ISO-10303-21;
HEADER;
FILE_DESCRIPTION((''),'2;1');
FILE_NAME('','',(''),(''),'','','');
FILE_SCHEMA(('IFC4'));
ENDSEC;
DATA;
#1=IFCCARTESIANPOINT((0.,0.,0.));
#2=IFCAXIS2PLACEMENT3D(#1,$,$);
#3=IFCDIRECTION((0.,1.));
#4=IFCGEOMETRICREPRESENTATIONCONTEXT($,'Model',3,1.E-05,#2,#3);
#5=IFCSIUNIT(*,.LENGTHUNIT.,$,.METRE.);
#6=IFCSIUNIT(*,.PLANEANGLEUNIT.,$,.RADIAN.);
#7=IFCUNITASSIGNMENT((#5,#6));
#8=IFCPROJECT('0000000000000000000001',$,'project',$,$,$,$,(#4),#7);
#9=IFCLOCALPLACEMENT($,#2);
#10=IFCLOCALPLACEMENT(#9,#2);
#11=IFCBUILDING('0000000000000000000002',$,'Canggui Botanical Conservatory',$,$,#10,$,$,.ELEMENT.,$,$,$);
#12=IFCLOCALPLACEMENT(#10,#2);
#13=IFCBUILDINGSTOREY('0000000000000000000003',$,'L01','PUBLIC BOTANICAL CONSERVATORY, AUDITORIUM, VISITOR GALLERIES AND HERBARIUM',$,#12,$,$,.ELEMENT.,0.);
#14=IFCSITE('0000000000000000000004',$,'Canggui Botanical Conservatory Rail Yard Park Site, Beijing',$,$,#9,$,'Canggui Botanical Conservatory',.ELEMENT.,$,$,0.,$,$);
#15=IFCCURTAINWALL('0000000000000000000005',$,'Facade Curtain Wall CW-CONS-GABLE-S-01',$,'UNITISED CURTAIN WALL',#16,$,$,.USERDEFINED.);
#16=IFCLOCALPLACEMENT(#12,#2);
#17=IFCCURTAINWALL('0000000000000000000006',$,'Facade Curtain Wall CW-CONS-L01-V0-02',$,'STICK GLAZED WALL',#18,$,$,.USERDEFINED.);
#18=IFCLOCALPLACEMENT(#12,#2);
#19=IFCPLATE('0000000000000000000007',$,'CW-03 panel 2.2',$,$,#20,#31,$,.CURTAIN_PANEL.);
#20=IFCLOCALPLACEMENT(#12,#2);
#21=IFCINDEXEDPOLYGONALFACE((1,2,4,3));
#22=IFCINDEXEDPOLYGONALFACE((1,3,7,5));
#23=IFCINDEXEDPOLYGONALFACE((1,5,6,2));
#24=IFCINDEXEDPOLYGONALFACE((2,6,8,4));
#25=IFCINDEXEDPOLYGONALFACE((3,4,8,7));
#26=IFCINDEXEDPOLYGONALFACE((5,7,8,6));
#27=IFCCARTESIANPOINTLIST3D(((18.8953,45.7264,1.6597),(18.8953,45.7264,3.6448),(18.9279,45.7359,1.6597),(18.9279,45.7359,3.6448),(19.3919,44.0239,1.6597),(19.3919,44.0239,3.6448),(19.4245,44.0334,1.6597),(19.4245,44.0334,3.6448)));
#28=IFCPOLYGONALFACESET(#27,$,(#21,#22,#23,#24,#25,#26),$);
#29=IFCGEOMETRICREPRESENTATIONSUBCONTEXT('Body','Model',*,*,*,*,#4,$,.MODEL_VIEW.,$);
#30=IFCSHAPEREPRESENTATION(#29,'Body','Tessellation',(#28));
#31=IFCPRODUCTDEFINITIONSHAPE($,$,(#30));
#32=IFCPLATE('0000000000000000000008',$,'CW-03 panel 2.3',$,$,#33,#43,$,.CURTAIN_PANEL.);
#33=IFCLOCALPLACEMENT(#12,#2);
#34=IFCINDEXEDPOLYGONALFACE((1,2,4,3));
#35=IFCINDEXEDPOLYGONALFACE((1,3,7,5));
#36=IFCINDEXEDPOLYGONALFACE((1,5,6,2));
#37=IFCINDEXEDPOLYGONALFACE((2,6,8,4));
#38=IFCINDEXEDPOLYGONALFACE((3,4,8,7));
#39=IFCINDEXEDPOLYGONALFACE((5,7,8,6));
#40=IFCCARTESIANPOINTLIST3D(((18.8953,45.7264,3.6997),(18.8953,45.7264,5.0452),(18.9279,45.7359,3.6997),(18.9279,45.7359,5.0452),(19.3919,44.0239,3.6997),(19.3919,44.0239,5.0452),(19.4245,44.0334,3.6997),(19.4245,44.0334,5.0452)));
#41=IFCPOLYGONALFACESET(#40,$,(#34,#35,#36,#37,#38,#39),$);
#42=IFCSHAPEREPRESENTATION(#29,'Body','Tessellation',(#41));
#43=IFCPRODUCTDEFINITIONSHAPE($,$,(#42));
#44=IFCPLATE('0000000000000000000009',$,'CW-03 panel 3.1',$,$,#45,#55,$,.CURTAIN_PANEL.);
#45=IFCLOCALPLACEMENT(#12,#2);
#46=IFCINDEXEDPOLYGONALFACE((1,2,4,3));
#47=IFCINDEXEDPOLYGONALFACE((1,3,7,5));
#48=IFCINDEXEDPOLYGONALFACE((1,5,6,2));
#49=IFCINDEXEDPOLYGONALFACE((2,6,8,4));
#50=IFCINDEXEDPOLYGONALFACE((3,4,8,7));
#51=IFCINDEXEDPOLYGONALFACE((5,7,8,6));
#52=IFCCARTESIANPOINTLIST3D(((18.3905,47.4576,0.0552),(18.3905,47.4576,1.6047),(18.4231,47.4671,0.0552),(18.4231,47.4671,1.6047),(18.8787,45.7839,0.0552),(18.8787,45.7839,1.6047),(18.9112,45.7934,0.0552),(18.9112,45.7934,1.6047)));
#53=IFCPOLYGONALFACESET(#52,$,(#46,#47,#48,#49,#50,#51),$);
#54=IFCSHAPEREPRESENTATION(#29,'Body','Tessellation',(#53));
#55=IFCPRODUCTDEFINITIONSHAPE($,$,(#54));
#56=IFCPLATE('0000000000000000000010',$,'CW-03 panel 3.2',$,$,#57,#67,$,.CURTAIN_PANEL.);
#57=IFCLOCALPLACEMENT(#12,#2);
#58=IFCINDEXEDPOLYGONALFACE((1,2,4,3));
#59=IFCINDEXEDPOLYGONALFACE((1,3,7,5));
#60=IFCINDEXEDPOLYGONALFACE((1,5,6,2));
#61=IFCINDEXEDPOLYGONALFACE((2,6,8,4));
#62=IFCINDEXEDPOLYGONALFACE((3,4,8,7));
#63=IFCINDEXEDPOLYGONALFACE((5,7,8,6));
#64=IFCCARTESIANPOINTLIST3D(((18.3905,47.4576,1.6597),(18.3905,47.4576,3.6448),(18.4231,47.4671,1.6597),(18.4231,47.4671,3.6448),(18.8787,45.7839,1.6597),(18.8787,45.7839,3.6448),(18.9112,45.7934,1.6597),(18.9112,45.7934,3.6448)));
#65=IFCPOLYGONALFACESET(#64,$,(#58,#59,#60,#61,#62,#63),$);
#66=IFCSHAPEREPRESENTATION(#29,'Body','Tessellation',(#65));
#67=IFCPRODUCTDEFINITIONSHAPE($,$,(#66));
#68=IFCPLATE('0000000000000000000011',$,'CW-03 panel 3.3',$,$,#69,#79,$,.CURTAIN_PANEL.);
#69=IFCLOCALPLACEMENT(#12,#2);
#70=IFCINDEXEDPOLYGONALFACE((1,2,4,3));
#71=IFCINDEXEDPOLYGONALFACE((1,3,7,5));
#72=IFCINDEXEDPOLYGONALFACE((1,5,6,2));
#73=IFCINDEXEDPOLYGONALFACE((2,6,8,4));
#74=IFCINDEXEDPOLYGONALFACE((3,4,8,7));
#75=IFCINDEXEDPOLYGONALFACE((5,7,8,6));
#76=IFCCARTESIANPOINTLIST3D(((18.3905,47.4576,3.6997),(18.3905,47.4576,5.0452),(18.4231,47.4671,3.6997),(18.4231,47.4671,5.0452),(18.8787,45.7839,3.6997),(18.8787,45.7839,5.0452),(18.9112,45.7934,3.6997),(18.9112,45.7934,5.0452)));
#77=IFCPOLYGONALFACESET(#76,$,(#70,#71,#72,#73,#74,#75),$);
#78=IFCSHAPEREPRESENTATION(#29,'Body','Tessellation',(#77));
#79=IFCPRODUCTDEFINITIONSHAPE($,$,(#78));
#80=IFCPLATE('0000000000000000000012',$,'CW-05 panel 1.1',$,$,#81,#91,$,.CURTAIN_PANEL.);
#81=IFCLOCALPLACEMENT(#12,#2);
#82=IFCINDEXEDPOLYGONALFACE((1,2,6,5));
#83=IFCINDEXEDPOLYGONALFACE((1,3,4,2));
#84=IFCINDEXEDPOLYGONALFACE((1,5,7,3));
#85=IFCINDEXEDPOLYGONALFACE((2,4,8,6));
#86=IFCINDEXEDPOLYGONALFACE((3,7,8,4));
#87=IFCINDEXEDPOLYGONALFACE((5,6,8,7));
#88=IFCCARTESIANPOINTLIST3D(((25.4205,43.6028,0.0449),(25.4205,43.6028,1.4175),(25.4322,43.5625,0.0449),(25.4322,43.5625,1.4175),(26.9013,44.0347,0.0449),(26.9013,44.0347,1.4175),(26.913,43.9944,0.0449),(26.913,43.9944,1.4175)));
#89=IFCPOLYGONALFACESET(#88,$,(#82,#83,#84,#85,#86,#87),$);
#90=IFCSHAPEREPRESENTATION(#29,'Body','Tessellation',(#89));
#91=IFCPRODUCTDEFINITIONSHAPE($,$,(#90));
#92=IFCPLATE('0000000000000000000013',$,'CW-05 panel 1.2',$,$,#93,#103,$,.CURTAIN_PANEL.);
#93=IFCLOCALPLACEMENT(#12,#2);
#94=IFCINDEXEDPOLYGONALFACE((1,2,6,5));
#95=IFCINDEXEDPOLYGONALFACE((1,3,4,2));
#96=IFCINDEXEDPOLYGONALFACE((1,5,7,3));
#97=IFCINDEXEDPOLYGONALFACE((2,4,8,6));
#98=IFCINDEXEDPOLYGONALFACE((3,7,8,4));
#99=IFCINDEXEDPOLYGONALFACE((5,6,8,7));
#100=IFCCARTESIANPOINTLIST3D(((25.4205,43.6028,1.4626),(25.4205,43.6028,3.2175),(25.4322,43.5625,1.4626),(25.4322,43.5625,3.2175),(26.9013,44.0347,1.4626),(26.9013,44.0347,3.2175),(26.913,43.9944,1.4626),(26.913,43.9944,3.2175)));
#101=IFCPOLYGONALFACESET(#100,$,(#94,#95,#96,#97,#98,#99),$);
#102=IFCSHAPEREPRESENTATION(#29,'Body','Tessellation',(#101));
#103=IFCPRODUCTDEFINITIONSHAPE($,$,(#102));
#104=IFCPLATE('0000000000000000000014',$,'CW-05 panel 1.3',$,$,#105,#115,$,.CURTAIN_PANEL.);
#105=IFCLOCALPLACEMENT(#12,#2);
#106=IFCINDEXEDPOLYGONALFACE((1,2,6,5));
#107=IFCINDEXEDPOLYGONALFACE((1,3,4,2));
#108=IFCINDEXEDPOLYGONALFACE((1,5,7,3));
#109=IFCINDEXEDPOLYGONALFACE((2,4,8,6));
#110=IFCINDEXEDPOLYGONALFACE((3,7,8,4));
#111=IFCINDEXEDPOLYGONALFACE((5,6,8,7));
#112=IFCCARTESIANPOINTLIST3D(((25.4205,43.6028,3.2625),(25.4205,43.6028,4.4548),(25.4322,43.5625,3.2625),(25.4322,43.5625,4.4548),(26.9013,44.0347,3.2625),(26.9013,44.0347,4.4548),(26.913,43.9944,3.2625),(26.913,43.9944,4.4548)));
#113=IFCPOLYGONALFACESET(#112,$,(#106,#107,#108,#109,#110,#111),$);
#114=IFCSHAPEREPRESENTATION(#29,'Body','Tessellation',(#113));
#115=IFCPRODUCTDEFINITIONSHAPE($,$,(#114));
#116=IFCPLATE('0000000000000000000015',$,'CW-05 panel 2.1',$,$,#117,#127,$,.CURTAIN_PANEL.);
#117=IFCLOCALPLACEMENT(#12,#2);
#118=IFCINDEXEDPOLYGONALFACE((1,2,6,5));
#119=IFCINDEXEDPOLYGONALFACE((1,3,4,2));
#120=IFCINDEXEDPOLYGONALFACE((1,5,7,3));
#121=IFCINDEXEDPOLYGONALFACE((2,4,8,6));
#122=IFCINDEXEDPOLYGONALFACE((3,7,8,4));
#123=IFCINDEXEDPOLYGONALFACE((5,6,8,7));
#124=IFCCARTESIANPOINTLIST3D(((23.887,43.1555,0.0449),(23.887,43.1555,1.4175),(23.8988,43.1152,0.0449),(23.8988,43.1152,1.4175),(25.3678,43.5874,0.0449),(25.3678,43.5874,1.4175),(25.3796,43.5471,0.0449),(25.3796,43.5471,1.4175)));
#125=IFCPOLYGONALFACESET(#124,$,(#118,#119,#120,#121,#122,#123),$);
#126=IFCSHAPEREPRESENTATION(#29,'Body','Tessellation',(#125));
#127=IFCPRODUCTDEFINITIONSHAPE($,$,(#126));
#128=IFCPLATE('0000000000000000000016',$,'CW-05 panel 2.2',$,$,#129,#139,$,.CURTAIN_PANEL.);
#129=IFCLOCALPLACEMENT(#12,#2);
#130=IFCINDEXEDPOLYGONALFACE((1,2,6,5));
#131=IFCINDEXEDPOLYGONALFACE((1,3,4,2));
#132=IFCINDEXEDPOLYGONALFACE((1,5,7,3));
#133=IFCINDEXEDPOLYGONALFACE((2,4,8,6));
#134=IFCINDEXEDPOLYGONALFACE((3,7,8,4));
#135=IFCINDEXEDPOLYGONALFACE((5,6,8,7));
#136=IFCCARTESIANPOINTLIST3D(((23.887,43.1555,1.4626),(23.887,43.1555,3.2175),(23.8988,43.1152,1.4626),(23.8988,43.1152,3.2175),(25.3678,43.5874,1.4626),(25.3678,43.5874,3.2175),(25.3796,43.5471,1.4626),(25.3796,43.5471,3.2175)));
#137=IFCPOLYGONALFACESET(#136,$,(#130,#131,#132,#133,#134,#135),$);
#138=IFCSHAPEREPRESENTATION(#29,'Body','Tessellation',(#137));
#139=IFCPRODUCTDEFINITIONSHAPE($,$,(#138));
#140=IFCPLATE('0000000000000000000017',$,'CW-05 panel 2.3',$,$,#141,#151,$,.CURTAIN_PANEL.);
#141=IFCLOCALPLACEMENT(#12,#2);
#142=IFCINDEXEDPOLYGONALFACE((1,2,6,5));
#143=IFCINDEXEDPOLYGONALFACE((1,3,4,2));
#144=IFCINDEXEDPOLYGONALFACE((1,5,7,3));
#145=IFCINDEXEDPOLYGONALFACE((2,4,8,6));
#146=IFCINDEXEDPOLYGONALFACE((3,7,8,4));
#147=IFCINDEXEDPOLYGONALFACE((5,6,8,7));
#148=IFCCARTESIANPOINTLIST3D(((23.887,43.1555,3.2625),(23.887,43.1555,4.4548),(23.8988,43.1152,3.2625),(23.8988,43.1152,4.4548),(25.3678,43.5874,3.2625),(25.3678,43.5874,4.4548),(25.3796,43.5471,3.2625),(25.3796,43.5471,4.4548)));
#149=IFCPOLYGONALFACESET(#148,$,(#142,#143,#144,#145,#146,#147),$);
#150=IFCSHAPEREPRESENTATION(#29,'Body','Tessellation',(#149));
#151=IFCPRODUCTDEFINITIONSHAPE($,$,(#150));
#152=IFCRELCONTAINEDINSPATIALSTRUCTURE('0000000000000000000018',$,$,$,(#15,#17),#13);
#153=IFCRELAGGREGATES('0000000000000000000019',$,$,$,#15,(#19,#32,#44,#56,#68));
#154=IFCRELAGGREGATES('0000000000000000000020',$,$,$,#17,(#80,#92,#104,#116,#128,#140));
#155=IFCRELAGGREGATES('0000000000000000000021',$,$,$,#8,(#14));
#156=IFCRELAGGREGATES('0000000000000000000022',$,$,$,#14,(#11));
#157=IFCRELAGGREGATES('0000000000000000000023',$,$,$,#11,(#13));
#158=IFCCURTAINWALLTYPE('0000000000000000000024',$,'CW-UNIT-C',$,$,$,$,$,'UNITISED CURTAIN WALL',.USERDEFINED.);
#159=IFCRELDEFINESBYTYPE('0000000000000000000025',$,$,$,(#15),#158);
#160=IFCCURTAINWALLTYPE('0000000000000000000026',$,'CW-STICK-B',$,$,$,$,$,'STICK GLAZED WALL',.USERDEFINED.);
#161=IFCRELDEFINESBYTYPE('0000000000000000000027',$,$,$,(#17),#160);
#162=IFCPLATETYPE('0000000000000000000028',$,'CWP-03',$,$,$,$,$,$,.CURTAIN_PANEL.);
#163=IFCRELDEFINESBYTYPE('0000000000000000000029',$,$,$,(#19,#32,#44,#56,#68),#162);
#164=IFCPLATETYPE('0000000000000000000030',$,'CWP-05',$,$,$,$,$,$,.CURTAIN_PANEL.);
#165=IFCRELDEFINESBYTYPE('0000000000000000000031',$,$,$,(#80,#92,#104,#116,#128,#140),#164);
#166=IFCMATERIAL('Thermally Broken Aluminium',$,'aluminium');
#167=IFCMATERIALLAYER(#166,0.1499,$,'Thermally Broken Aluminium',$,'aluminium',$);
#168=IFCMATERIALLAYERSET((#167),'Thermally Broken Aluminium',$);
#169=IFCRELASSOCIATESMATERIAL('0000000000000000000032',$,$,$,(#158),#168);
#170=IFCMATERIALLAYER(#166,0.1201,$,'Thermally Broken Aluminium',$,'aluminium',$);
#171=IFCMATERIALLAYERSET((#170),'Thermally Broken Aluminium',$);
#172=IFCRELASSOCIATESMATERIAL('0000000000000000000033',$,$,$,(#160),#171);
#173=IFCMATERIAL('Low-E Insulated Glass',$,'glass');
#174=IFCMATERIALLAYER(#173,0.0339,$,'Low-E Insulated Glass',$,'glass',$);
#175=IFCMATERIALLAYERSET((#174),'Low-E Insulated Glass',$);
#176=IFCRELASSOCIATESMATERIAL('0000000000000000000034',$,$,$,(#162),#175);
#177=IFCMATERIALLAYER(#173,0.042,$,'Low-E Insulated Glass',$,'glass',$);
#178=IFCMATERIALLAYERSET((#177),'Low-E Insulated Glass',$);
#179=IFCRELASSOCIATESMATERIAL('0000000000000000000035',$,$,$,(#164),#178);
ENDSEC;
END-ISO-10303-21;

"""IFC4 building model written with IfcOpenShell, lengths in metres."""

from ifc_helpers import new_model, si_unit, direction, frame, origin, origin_2d, place, context, subcontext, project, spatial, rectangle, extrude, material, layer, layer_set, type_object, element, aggregate, save


model = new_model("IFC4")

# Units and contexts
model_context = context("Model", 3, precision=1e-05, world=origin(), true_north=direction((0.0, 1.0)))
body_context = subcontext(model_context, "Body", "Model", "MODEL_VIEW")
ifc_project = project(units=[si_unit("LENGTHUNIT", "METRE"), si_unit("PLANEANGLEUNIT", "RADIAN")], contexts=[model_context])

# Site, building, storey
site_placement = place(None, origin())
site = spatial("IfcSite", under=ifc_project, at=site_placement, Name="Canggui Botanical Conservatory Rail Yard Park Site, Beijing", LongName="Canggui Botanical Conservatory", CompositionType="ELEMENT", RefElevation=0.0)
building_placement = place(site_placement, origin())
building = spatial("IfcBuilding", under=site, at=building_placement, Name="Canggui Botanical Conservatory", CompositionType="ELEMENT")
storey_placement = place(building_placement, origin())
storey = spatial("IfcBuildingStorey", under=building, at=storey_placement, Name="L01", Description="PUBLIC BOTANICAL CONSERVATORY, AUDITORIUM, VISITOR GALLERIES AND HERBARIUM", CompositionType="ELEMENT", Elevation=0.0)

# Curtain walls
ifc_material_1 = material(Name="Thermally Broken Aluminium", Category="aluminium")
ifc_layer_1 = layer(ifc_material_1, 0.1499, Name="Thermally Broken Aluminium", Category="aluminium")
ifc_layer_set_1 = layer_set([ifc_layer_1], Name="Thermally Broken Aluminium")
curtain_wall_type_1 = type_object("IfcCurtainWallType", Name="CW-UNIT-C", ElementType="UNITISED CURTAIN WALL", PredefinedType="USERDEFINED", material=ifc_layer_set_1)
curtain_wall_1_placement = place(storey_placement, origin())
curtain_wall_1 = element("IfcCurtainWall", 1, at=curtain_wall_1_placement, inside=storey, type_object=curtain_wall_type_1, Name="Facade Curtain Wall CW-CONS-GABLE-S-01", ObjectType="UNITISED CURTAIN WALL", PredefinedType="USERDEFINED")
ifc_layer_2 = layer(ifc_material_1, 0.1201, Name="Thermally Broken Aluminium", Category="aluminium")
ifc_layer_set_2 = layer_set([ifc_layer_2], Name="Thermally Broken Aluminium")
curtain_wall_type_2 = type_object("IfcCurtainWallType", Name="CW-STICK-B", ElementType="STICK GLAZED WALL", PredefinedType="USERDEFINED", material=ifc_layer_set_2)
curtain_wall_2_placement = place(storey_placement, origin())
curtain_wall_2 = element("IfcCurtainWall", 2, at=curtain_wall_2_placement, inside=storey, type_object=curtain_wall_type_2, Name="Facade Curtain Wall CW-CONS-L01-V0-02", ObjectType="STICK GLAZED WALL", PredefinedType="USERDEFINED")

# Plates
ifc_material_2 = material(Name="Low-E Insulated Glass", Category="glass")
ifc_layer_3 = layer(ifc_material_2, 0.0339, Name="Low-E Insulated Glass", Category="glass")
ifc_layer_set_3 = layer_set([ifc_layer_3], Name="Low-E Insulated Glass")
plate_type_1 = type_object("IfcPlateType", Name="CWP-03", PredefinedType="CURTAIN_PANEL", material=ifc_layer_set_3)
plate_1_placement = place(storey_placement, frame((19.1599, 44.8799, 1.6597), z_axis=(0.0, 0.0, 1.0), x_axis=(-0.28, 0.96, 0.0)))
plate_1 = element("IfcPlate", 3, at=plate_1_placement, type_object=plate_type_1, Name="CW-03 panel 2.2", PredefinedType="CURTAIN_PANEL", context=body_context, shape_type="SweptSolid", body=[
    extrude(rectangle(XDim=1.7734, YDim=0.0339, at=origin_2d()), origin(), (0.0, 0.0, 1.0), 1.9851),
])
plate_2_placement = place(storey_placement, frame((19.1599, 44.8799, 3.6997), z_axis=(0.0, 0.0, 1.0), x_axis=(-0.28, 0.96, 0.0)))
plate_2 = element("IfcPlate", 4, at=plate_2_placement, type_object=plate_type_1, Name="CW-03 panel 2.3", PredefinedType="CURTAIN_PANEL", context=body_context, shape_type="SweptSolid", body=[
    extrude(rectangle(XDim=1.7734, YDim=0.0339, at=origin_2d()), origin(), (0.0, 0.0, 1.0), 1.3455),
])
plate_3_placement = place(storey_placement, frame((18.6509, 46.6255, 0.0552), z_axis=(0.0, 0.0, 1.0), x_axis=(-0.28, 0.96, 0.0)))
plate_3 = element("IfcPlate", 5, at=plate_3_placement, type_object=plate_type_1, Name="CW-03 panel 3.1", PredefinedType="CURTAIN_PANEL", context=body_context, shape_type="SweptSolid", body=[
    extrude(rectangle(XDim=1.7434, YDim=0.0339, at=origin_2d()), origin(), (0.0, 0.0, 1.0), 1.5496),
])
plate_4_placement = place(storey_placement, frame((18.6509, 46.6255, 1.6597), z_axis=(0.0, 0.0, 1.0), x_axis=(-0.28, 0.96, 0.0)))
plate_4 = element("IfcPlate", 6, at=plate_4_placement, type_object=plate_type_1, Name="CW-03 panel 3.2", PredefinedType="CURTAIN_PANEL", context=body_context, shape_type="SweptSolid", body=[
    extrude(rectangle(XDim=1.7434, YDim=0.0339, at=origin_2d()), origin(), (0.0, 0.0, 1.0), 1.9851),
])
plate_5_placement = place(storey_placement, frame((18.6509, 46.6255, 3.6997), z_axis=(0.0, 0.0, 1.0), x_axis=(-0.28, 0.96, 0.0)))
plate_5 = element("IfcPlate", 7, at=plate_5_placement, type_object=plate_type_1, Name="CW-03 panel 3.3", PredefinedType="CURTAIN_PANEL", context=body_context, shape_type="SweptSolid", body=[
    extrude(rectangle(XDim=1.7434, YDim=0.0339, at=origin_2d()), origin(), (0.0, 0.0, 1.0), 1.3455),
])
aggregate(curtain_wall_1, [plate_1, plate_2, plate_3, plate_4, plate_5])
ifc_layer_4 = layer(ifc_material_2, 0.042, Name="Low-E Insulated Glass", Category="glass")
ifc_layer_set_4 = layer_set([ifc_layer_4], Name="Low-E Insulated Glass")
plate_type_2 = type_object("IfcPlateType", Name="CWP-05", PredefinedType="CURTAIN_PANEL", material=ifc_layer_set_4)
plate_6_placement = place(storey_placement, frame((26.1667, 43.7986, 0.0449), z_axis=(0.0, 0.0, 1.0), x_axis=(-0.96, -0.28, 0.0)))
plate_6 = element("IfcPlate", 8, at=plate_6_placement, type_object=plate_type_2, Name="CW-05 panel 1.1", PredefinedType="CURTAIN_PANEL", context=body_context, shape_type="SweptSolid", body=[
    extrude(rectangle(XDim=1.5425, YDim=0.042, at=origin_2d()), origin(), (0.0, 0.0, 1.0), 1.3726),
])
plate_7_placement = place(storey_placement, frame((26.1667, 43.7986, 1.4626), z_axis=(0.0, 0.0, 1.0), x_axis=(-0.96, -0.28, 0.0)))
plate_7 = element("IfcPlate", 9, at=plate_7_placement, type_object=plate_type_2, Name="CW-05 panel 1.2", PredefinedType="CURTAIN_PANEL", context=body_context, shape_type="SweptSolid", body=[
    extrude(rectangle(XDim=1.5425, YDim=0.042, at=origin_2d()), origin(), (0.0, 0.0, 1.0), 1.7549),
])
plate_8_placement = place(storey_placement, frame((26.1667, 43.7986, 3.2625), z_axis=(0.0, 0.0, 1.0), x_axis=(-0.96, -0.28, 0.0)))
plate_8 = element("IfcPlate", 10, at=plate_8_placement, type_object=plate_type_2, Name="CW-05 panel 1.3", PredefinedType="CURTAIN_PANEL", context=body_context, shape_type="SweptSolid", body=[
    extrude(rectangle(XDim=1.5425, YDim=0.042, at=origin_2d()), origin(), (0.0, 0.0, 1.0), 1.1924),
])
plate_9_placement = place(storey_placement, frame((24.6333, 43.3513, 0.0449), z_axis=(0.0, 0.0, 1.0), x_axis=(-0.96, -0.28, 0.0)))
plate_9 = element("IfcPlate", 11, at=plate_9_placement, type_object=plate_type_2, Name="CW-05 panel 2.1", PredefinedType="CURTAIN_PANEL", context=body_context, shape_type="SweptSolid", body=[
    extrude(rectangle(XDim=1.5425, YDim=0.042, at=origin_2d()), origin(), (0.0, 0.0, 1.0), 1.3726),
])
plate_10_placement = place(storey_placement, frame((24.6333, 43.3513, 1.4626), z_axis=(0.0, 0.0, 1.0), x_axis=(-0.96, -0.28, 0.0)))
plate_10 = element("IfcPlate", 12, at=plate_10_placement, type_object=plate_type_2, Name="CW-05 panel 2.2", PredefinedType="CURTAIN_PANEL", context=body_context, shape_type="SweptSolid", body=[
    extrude(rectangle(XDim=1.5425, YDim=0.042, at=origin_2d()), origin(), (0.0, 0.0, 1.0), 1.7549),
])
plate_11_placement = place(storey_placement, frame((24.6333, 43.3513, 3.2625), z_axis=(0.0, 0.0, 1.0), x_axis=(-0.96, -0.28, 0.0)))
plate_11 = element("IfcPlate", 13, at=plate_11_placement, type_object=plate_type_2, Name="CW-05 panel 2.3", PredefinedType="CURTAIN_PANEL", context=body_context, shape_type="SweptSolid", body=[
    extrude(rectangle(XDim=1.5425, YDim=0.042, at=origin_2d()), origin(), (0.0, 0.0, 1.0), 1.1924),
])
aggregate(curtain_wall_2, [plate_6, plate_7, plate_8, plate_9, plate_10, plate_11])

save(model, "model.ifc")
